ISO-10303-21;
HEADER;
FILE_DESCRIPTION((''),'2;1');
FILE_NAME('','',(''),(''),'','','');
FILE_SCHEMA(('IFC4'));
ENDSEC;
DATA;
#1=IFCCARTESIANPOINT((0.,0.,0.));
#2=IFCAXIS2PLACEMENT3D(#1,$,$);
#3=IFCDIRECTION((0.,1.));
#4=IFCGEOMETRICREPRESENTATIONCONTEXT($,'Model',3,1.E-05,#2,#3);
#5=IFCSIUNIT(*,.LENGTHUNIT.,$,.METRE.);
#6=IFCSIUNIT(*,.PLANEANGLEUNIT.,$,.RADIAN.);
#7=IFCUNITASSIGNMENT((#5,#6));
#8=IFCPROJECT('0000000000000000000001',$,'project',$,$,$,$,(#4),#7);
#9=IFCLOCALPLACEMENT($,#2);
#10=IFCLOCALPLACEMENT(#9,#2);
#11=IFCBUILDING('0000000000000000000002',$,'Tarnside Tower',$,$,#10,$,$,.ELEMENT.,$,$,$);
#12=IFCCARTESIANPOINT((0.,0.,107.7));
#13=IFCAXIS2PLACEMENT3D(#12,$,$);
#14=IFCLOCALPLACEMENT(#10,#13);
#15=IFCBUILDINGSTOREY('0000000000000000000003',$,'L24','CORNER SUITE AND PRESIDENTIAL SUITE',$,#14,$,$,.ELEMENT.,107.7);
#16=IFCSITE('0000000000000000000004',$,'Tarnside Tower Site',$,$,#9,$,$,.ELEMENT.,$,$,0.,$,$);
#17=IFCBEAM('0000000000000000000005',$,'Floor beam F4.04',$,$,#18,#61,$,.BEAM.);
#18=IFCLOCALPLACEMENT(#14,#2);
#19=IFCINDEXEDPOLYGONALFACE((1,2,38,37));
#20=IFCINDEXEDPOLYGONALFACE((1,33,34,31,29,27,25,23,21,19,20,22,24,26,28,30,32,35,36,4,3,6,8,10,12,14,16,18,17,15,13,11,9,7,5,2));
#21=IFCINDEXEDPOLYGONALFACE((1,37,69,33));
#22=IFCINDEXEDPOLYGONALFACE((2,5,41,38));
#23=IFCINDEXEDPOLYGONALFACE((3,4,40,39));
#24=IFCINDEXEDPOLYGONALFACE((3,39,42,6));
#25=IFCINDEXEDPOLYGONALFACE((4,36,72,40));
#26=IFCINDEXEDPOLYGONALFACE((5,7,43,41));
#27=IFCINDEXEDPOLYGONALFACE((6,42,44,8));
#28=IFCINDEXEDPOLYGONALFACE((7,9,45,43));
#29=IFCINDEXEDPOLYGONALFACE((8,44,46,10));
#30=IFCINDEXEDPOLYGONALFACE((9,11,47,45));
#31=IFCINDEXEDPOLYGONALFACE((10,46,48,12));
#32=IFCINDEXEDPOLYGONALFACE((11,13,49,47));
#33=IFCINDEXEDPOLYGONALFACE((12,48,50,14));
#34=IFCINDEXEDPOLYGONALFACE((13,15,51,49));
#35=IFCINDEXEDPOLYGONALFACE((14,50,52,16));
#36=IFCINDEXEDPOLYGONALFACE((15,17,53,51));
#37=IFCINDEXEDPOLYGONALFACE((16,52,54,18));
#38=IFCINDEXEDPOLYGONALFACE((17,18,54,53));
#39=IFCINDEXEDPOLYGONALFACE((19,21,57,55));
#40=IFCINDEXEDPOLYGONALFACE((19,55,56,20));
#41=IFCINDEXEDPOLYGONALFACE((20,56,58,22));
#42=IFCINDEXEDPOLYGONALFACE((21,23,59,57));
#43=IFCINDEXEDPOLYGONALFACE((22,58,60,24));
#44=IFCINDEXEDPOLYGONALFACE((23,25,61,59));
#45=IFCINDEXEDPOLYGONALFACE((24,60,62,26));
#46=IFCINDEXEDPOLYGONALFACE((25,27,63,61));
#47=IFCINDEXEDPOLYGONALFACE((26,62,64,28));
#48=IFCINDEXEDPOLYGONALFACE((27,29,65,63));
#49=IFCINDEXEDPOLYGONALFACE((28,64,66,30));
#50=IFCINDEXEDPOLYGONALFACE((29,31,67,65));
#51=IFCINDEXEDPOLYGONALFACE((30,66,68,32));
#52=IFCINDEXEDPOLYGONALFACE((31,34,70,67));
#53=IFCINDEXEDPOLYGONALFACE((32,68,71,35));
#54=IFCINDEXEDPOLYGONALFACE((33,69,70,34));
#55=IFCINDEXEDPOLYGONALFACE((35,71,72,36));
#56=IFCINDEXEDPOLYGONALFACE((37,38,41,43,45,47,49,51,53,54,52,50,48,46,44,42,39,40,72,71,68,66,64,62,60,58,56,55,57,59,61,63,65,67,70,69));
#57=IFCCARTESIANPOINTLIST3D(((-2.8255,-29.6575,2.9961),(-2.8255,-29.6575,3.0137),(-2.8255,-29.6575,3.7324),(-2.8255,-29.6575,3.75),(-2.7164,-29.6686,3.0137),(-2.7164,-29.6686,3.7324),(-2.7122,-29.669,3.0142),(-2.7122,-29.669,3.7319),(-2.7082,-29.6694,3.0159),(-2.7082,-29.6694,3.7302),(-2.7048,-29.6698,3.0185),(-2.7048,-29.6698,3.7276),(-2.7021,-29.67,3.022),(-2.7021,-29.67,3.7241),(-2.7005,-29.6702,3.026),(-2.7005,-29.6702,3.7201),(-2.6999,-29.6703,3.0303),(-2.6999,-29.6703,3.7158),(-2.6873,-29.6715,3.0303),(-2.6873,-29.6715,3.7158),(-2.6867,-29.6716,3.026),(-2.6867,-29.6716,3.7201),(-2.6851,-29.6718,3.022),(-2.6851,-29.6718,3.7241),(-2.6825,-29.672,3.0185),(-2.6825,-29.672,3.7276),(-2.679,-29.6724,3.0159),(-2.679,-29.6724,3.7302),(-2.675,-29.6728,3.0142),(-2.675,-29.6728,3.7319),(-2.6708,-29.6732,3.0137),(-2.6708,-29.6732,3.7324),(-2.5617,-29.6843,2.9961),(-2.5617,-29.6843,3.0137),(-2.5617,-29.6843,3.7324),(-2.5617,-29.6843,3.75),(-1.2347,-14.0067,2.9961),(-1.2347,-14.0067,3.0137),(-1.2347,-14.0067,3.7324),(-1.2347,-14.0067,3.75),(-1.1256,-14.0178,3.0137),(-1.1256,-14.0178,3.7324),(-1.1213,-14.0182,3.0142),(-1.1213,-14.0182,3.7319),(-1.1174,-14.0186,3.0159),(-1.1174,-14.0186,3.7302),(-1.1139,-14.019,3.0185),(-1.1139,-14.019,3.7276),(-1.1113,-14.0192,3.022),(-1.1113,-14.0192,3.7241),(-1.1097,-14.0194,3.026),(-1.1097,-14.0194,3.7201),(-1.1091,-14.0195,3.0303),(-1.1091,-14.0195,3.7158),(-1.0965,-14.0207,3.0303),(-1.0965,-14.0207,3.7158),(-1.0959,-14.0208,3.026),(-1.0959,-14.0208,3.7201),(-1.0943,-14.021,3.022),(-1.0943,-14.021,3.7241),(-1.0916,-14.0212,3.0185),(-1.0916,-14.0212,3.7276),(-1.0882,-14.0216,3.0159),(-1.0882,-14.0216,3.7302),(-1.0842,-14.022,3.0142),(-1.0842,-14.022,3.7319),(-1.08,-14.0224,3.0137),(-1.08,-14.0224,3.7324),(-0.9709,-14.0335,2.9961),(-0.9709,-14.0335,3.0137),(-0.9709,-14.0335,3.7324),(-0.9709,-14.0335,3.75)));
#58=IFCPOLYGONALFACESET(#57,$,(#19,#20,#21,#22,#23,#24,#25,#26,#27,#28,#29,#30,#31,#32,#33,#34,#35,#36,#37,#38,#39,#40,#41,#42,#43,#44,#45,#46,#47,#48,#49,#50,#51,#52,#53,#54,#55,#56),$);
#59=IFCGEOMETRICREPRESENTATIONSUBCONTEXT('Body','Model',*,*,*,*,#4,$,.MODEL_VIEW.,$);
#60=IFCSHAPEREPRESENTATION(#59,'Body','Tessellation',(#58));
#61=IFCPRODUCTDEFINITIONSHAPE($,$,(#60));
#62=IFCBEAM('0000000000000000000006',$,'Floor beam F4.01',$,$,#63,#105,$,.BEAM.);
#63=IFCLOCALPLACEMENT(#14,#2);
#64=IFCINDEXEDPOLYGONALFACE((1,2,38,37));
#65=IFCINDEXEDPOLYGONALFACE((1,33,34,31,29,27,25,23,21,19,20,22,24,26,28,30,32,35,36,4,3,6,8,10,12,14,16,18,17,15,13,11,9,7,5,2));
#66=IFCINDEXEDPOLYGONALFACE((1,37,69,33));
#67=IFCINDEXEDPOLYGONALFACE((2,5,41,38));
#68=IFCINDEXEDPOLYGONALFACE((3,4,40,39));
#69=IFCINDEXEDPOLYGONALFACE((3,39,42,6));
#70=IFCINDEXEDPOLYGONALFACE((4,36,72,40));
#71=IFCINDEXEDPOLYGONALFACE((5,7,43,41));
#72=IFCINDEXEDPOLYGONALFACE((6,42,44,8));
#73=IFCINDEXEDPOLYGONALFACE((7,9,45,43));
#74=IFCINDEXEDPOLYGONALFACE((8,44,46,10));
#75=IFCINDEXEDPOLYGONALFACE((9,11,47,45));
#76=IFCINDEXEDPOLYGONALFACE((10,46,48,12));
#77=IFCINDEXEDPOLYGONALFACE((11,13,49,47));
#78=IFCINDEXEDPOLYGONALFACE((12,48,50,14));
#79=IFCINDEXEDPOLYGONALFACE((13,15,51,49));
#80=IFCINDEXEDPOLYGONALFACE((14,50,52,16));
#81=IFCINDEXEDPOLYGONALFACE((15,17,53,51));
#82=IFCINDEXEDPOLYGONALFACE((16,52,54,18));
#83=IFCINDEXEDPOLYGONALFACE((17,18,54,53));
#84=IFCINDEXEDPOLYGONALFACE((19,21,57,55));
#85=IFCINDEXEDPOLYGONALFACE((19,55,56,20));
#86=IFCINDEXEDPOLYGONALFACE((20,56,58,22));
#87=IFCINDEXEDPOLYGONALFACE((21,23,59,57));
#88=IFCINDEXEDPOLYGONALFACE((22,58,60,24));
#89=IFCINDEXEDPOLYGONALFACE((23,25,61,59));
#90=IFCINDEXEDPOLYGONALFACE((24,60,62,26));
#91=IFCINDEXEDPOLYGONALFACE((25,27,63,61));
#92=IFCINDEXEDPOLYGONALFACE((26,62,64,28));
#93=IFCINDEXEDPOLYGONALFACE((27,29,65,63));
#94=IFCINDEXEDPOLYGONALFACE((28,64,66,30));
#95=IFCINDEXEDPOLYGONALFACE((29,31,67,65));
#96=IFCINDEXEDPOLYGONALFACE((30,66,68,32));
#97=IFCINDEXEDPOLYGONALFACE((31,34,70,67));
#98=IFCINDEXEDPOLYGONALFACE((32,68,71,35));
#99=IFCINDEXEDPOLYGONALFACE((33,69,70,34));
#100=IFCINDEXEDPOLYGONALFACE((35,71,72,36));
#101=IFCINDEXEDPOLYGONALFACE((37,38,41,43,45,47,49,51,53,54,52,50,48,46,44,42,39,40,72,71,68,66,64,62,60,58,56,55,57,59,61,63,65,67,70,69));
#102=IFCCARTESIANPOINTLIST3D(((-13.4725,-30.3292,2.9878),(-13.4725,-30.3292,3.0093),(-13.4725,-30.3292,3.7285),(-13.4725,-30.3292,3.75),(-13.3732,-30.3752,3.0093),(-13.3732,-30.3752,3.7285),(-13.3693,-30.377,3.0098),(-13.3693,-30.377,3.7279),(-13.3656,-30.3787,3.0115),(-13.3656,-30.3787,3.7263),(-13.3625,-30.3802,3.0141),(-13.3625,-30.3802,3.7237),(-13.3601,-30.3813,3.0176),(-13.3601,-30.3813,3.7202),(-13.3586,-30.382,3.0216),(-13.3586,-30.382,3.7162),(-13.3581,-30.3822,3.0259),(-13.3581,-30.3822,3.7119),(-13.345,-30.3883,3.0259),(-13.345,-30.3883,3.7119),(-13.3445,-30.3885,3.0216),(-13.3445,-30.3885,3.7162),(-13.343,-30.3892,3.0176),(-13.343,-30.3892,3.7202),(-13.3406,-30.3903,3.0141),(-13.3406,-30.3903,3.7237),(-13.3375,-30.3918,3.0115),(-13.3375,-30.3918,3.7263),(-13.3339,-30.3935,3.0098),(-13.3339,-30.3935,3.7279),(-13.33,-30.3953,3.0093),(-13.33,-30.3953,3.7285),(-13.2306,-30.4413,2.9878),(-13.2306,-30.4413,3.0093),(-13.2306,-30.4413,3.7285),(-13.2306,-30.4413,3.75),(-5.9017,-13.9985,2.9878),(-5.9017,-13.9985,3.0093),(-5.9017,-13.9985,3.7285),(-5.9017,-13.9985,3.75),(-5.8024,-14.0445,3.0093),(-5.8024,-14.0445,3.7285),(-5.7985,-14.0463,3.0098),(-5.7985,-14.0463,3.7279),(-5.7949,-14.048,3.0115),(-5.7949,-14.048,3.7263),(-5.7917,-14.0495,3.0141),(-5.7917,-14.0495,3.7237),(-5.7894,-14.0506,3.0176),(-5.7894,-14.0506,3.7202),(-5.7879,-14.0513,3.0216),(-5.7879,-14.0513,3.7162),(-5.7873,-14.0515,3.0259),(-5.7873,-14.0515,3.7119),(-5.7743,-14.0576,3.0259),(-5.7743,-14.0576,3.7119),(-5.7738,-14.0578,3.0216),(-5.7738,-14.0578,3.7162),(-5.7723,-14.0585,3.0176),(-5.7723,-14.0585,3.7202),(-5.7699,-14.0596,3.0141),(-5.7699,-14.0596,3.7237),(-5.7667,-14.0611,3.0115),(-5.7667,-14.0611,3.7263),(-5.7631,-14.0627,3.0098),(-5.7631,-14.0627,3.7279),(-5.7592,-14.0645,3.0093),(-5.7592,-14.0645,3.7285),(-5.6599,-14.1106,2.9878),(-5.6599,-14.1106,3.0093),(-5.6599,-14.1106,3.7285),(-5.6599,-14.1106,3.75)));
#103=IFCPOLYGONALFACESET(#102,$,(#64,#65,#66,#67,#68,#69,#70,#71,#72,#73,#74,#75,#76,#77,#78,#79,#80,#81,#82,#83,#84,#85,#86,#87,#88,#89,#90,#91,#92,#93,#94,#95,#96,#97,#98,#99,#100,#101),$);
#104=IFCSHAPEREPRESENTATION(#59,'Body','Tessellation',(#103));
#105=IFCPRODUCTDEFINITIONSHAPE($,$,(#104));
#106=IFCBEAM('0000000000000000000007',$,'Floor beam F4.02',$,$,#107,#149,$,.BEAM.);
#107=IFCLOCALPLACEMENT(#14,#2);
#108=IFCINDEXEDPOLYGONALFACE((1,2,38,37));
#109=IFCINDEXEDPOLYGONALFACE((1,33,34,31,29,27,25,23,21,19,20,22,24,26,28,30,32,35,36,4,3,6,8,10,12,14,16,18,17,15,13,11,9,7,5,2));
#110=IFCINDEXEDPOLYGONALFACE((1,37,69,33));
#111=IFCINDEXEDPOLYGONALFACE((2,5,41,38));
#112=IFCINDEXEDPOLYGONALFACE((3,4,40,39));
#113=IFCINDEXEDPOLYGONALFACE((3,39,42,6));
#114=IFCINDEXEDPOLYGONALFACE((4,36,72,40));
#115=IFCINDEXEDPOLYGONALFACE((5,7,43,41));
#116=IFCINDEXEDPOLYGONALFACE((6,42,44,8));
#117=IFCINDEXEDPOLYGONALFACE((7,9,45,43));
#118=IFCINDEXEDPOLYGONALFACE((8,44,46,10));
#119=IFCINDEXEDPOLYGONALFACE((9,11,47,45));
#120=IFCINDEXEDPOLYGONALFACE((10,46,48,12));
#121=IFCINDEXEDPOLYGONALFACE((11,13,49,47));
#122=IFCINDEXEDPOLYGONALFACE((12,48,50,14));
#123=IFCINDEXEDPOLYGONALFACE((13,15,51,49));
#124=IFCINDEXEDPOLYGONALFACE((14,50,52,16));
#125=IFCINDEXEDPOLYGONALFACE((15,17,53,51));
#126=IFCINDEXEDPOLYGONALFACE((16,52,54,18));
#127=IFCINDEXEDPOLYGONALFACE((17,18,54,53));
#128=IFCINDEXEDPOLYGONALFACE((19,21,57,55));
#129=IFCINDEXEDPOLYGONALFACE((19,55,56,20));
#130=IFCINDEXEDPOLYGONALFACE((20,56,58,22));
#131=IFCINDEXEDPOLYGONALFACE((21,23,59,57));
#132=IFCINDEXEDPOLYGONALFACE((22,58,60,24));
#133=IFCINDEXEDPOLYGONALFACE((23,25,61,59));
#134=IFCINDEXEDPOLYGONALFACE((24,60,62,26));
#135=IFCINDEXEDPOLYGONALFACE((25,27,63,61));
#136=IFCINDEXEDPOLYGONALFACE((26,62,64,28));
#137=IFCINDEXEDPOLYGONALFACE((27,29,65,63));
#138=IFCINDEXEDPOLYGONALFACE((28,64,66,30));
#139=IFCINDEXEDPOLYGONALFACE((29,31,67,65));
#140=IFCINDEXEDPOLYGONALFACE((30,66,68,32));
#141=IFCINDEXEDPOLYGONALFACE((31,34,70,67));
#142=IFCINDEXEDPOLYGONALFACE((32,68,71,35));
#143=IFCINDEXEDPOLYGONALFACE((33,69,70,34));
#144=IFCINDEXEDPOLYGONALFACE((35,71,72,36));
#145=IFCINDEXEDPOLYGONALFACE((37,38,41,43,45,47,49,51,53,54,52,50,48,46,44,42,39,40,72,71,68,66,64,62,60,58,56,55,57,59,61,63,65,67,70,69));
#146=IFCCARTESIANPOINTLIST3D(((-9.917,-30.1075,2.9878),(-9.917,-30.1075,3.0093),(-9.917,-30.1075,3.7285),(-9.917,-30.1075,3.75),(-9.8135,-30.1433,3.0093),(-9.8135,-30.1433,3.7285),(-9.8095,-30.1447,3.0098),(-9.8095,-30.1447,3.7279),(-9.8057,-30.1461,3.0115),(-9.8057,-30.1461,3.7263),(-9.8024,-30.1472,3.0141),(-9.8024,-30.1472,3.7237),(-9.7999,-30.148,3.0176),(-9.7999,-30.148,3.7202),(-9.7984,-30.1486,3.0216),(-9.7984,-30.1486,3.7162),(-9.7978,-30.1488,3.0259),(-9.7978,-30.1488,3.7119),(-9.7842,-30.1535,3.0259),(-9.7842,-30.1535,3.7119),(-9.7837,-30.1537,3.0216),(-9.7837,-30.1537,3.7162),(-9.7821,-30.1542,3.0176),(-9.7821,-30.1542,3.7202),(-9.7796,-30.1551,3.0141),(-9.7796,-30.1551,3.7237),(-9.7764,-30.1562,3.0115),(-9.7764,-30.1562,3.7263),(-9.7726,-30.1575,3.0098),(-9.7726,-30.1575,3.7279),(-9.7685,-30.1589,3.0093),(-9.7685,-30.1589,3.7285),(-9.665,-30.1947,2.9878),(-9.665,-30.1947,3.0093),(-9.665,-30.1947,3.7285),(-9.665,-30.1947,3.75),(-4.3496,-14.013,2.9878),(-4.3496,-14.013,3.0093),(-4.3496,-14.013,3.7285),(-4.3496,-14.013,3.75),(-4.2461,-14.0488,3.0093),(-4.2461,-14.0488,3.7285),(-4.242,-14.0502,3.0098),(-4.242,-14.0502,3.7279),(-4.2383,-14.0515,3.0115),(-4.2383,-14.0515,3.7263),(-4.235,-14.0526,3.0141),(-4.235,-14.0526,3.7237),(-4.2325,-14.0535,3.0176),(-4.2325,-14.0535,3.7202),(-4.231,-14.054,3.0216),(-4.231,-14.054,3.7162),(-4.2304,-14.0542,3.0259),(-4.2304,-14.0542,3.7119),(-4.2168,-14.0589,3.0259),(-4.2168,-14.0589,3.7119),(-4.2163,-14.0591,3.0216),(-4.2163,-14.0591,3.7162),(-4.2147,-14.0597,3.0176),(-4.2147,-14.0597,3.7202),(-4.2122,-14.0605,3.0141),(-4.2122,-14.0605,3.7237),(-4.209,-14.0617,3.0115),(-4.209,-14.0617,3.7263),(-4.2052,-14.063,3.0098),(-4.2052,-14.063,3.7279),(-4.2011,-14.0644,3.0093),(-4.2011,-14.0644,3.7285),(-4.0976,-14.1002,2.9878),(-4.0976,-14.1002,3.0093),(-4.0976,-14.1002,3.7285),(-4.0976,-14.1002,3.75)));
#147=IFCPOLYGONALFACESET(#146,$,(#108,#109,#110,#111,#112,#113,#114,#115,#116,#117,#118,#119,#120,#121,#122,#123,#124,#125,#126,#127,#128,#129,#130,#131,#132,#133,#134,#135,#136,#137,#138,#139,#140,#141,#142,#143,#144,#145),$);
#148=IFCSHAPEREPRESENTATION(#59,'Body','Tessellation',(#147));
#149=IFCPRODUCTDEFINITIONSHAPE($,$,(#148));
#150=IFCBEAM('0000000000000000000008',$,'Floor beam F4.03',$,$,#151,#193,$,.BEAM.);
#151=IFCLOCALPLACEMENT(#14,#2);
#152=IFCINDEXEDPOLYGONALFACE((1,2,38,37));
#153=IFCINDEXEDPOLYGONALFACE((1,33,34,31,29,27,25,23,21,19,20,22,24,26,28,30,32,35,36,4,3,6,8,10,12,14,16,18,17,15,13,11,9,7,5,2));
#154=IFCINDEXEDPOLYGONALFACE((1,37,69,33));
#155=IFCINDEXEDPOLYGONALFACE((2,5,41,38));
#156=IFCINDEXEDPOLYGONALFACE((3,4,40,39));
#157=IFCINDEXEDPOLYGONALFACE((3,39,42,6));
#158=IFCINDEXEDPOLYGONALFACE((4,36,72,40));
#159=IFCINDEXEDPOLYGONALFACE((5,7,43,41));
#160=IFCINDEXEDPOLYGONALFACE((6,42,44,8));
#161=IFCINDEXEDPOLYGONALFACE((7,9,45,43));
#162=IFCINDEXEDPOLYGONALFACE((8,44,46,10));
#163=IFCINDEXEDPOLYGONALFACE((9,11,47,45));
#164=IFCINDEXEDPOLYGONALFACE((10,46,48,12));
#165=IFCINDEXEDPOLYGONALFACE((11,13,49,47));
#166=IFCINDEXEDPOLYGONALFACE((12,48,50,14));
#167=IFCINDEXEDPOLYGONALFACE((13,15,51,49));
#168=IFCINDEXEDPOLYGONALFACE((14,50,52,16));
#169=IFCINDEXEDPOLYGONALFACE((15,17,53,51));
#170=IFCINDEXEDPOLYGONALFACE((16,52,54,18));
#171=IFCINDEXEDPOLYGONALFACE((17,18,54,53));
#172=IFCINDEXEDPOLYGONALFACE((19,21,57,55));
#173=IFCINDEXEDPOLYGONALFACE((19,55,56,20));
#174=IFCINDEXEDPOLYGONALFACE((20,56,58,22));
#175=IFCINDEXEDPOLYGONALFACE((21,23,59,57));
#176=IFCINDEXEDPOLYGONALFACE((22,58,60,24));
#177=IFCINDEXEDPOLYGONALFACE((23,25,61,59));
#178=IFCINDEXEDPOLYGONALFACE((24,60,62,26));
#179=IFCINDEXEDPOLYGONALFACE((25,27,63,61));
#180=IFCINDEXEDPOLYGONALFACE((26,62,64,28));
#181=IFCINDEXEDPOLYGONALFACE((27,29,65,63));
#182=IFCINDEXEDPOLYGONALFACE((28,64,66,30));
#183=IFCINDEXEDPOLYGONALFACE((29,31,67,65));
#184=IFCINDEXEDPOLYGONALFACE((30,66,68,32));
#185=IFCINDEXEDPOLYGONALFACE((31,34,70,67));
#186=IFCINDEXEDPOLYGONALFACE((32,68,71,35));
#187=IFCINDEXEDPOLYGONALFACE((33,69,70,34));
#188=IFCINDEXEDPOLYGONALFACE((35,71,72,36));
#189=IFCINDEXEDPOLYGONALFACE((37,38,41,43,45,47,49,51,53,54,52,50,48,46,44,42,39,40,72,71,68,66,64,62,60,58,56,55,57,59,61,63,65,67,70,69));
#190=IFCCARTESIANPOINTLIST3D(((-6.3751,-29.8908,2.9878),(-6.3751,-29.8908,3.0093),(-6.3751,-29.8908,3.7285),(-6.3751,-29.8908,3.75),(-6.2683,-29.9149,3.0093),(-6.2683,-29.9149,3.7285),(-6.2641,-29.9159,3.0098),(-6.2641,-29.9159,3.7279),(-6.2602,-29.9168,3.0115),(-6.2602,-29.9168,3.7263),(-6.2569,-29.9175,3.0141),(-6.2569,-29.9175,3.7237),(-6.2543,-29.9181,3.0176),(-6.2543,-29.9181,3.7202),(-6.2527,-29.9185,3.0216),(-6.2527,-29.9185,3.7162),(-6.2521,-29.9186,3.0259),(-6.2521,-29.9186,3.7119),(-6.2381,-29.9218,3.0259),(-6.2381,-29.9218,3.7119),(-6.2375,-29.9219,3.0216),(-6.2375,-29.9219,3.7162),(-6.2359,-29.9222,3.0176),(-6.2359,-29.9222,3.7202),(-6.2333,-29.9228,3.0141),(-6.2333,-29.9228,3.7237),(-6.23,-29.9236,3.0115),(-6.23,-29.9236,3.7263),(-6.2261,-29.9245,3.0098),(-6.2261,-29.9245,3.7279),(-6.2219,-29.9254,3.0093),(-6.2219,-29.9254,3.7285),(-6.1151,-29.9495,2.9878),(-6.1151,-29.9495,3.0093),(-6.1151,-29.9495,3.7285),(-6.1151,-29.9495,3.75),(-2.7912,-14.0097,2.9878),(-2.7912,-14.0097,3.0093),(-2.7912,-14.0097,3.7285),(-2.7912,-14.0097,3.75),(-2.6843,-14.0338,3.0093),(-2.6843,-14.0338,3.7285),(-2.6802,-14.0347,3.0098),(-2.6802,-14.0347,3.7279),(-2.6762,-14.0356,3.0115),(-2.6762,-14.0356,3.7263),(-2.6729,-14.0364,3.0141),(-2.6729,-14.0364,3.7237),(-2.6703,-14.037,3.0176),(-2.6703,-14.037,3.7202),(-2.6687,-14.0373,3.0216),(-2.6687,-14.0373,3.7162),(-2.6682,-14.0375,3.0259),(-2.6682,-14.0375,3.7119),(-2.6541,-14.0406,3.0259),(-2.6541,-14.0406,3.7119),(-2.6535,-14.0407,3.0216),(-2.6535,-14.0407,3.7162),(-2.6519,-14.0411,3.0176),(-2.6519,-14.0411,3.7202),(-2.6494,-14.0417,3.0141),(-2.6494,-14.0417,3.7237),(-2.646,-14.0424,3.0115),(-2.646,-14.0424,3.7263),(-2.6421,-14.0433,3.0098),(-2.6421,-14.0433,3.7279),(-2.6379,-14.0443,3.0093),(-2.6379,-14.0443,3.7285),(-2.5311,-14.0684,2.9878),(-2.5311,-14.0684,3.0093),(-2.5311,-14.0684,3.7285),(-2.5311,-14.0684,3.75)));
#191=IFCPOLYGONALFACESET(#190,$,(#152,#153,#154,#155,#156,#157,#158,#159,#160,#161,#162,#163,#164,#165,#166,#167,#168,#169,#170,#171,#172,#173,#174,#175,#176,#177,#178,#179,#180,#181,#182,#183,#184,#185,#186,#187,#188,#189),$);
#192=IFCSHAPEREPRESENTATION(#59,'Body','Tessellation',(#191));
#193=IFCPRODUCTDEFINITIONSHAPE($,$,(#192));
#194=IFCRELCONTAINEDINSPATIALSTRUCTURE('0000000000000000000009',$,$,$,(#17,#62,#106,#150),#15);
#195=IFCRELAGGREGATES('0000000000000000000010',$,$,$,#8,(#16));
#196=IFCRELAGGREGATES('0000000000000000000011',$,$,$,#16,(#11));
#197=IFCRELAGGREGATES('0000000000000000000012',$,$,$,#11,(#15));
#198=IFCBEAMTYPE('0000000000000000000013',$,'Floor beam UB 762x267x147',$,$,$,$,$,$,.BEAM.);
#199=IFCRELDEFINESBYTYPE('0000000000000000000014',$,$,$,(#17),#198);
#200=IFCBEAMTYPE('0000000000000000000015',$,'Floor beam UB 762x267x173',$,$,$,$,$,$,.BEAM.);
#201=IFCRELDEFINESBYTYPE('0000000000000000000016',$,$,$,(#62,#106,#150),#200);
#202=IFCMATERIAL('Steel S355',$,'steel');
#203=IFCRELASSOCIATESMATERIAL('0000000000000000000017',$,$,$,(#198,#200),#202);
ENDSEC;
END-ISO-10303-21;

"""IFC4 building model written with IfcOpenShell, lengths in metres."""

from ifc_helpers import new_model, si_unit, direction, frame, origin, origin_2d, place, context, subcontext, project, spatial, i_section, extrude, material, material_profile, profile_set, type_object, element, save


model = new_model("IFC4")

# Units and contexts
model_context = context("Model", 3, precision=1e-05, world=origin(), true_north=direction((0.0, 1.0)))
body_context = subcontext(model_context, "Body", "Model", "MODEL_VIEW")
ifc_project = project(units=[si_unit("LENGTHUNIT", "METRE"), si_unit("PLANEANGLEUNIT", "RADIAN")], contexts=[model_context])

# Site, building, storey
site_placement = place(None, origin())
site = spatial("IfcSite", under=ifc_project, at=site_placement, Name="Tarnside Tower Site", CompositionType="ELEMENT", RefElevation=0.0)
building_placement = place(site_placement, origin())
building = spatial("IfcBuilding", under=site, at=building_placement, Name="Tarnside Tower", CompositionType="ELEMENT")
storey_placement = place(building_placement, frame((0.0, 0.0, 107.7)))
storey = spatial("IfcBuildingStorey", under=building, at=storey_placement, Name="L24", Description="CORNER SUITE AND PRESIDENTIAL SUITE", CompositionType="ELEMENT", Elevation=107.7)

# Beams
ifc_material_1 = material(Name="Steel S355", Category="steel")
ifc_material_profile_1 = material_profile(ifc_material_1, i_section(OverallWidth=0.2651, OverallDepth=0.7539, WebThickness=0.0127, FlangeThickness=0.0176, FilletRadius=0.0166, at=origin_2d()), Name="UB 762x267x147")
ifc_profile_set_1 = profile_set([ifc_material_profile_1], Name="Steel S355")
beam_type_1 = type_object("IfcBeamType", Name="Floor beam UB 762x267x147", PredefinedType="BEAM", material=ifc_profile_set_1)
beam_1_placement = place(storey_placement, frame((-2.6936, -29.6709, 3.373), z_axis=(0.101123, 0.994874, 0.0), x_axis=(-0.994874, 0.101123, 0.0)))
element("IfcBeam", 1, at=beam_1_placement, inside=storey, type_object=beam_type_1, Name="Floor beam F4.04", PredefinedType="BEAM", context=body_context, shape_type="SweptSolid", body=[
    extrude(i_section(OverallWidth=0.2651, OverallDepth=0.7539, WebThickness=0.0127, FlangeThickness=0.0176, FilletRadius=0.0166, at=origin_2d()), origin(), (0.0, 0.0, 1.0), 15.7314),
])
ifc_material_profile_2 = material_profile(ifc_material_1, i_section(OverallWidth=0.2666, OverallDepth=0.7622, WebThickness=0.0144, FlangeThickness=0.0215, FilletRadius=0.0166, at=origin_2d()), Name="UB 762x267x173")
ifc_profile_set_2 = profile_set([ifc_material_profile_2], Name="Steel S355")
beam_type_2 = type_object("IfcBeamType", Name="Floor beam UB 762x267x173", PredefinedType="BEAM", material=ifc_profile_set_2)
beam_2_placement = place(storey_placement, frame((-13.3516, -30.3853, 3.3689), z_axis=(0.420592, 0.90725, 0.0), x_axis=(-0.90725, 0.420592, 0.0)))
element("IfcBeam", 2, at=beam_2_placement, inside=storey, type_object=beam_type_2, Name="Floor beam F4.01", PredefinedType="BEAM", context=body_context, shape_type="SweptSolid", body=[
    extrude(i_section(OverallWidth=0.2666, OverallDepth=0.7622, WebThickness=0.0144, FlangeThickness=0.0215, FilletRadius=0.0166, at=origin_2d()), origin(), (0.0, 0.0, 1.0), 18.0002),
])
beam_3_placement = place(storey_placement, frame((-9.791, -30.1511, 3.3689), z_axis=(0.326912, 0.945055, 0.0), x_axis=(-0.945055, 0.326912, 0.0)))
element("IfcBeam", 3, at=beam_3_placement, inside=storey, type_object=beam_type_2, Name="Floor beam F4.02", PredefinedType="BEAM", context=body_context, shape_type="SweptSolid", body=[
    extrude(i_section(OverallWidth=0.2666, OverallDepth=0.7622, WebThickness=0.0144, FlangeThickness=0.0215, FilletRadius=0.0166, at=origin_2d()), origin(), (0.0, 0.0, 1.0), 17.0303),
])
beam_4_placement = place(storey_placement, frame((-6.2451, -29.9202, 3.3689), z_axis=(0.22014, 0.975468, 0.0), x_axis=(-0.975468, 0.22014, 0.0)))
element("IfcBeam", 4, at=beam_4_placement, inside=storey, type_object=beam_type_2, Name="Floor beam F4.03", PredefinedType="BEAM", context=body_context, shape_type="SweptSolid", body=[
    extrude(i_section(OverallWidth=0.2666, OverallDepth=0.7622, WebThickness=0.0144, FlangeThickness=0.0215, FilletRadius=0.0166, at=origin_2d()), origin(), (0.0, 0.0, 1.0), 16.2805),
])

save(model, "model.ifc")
